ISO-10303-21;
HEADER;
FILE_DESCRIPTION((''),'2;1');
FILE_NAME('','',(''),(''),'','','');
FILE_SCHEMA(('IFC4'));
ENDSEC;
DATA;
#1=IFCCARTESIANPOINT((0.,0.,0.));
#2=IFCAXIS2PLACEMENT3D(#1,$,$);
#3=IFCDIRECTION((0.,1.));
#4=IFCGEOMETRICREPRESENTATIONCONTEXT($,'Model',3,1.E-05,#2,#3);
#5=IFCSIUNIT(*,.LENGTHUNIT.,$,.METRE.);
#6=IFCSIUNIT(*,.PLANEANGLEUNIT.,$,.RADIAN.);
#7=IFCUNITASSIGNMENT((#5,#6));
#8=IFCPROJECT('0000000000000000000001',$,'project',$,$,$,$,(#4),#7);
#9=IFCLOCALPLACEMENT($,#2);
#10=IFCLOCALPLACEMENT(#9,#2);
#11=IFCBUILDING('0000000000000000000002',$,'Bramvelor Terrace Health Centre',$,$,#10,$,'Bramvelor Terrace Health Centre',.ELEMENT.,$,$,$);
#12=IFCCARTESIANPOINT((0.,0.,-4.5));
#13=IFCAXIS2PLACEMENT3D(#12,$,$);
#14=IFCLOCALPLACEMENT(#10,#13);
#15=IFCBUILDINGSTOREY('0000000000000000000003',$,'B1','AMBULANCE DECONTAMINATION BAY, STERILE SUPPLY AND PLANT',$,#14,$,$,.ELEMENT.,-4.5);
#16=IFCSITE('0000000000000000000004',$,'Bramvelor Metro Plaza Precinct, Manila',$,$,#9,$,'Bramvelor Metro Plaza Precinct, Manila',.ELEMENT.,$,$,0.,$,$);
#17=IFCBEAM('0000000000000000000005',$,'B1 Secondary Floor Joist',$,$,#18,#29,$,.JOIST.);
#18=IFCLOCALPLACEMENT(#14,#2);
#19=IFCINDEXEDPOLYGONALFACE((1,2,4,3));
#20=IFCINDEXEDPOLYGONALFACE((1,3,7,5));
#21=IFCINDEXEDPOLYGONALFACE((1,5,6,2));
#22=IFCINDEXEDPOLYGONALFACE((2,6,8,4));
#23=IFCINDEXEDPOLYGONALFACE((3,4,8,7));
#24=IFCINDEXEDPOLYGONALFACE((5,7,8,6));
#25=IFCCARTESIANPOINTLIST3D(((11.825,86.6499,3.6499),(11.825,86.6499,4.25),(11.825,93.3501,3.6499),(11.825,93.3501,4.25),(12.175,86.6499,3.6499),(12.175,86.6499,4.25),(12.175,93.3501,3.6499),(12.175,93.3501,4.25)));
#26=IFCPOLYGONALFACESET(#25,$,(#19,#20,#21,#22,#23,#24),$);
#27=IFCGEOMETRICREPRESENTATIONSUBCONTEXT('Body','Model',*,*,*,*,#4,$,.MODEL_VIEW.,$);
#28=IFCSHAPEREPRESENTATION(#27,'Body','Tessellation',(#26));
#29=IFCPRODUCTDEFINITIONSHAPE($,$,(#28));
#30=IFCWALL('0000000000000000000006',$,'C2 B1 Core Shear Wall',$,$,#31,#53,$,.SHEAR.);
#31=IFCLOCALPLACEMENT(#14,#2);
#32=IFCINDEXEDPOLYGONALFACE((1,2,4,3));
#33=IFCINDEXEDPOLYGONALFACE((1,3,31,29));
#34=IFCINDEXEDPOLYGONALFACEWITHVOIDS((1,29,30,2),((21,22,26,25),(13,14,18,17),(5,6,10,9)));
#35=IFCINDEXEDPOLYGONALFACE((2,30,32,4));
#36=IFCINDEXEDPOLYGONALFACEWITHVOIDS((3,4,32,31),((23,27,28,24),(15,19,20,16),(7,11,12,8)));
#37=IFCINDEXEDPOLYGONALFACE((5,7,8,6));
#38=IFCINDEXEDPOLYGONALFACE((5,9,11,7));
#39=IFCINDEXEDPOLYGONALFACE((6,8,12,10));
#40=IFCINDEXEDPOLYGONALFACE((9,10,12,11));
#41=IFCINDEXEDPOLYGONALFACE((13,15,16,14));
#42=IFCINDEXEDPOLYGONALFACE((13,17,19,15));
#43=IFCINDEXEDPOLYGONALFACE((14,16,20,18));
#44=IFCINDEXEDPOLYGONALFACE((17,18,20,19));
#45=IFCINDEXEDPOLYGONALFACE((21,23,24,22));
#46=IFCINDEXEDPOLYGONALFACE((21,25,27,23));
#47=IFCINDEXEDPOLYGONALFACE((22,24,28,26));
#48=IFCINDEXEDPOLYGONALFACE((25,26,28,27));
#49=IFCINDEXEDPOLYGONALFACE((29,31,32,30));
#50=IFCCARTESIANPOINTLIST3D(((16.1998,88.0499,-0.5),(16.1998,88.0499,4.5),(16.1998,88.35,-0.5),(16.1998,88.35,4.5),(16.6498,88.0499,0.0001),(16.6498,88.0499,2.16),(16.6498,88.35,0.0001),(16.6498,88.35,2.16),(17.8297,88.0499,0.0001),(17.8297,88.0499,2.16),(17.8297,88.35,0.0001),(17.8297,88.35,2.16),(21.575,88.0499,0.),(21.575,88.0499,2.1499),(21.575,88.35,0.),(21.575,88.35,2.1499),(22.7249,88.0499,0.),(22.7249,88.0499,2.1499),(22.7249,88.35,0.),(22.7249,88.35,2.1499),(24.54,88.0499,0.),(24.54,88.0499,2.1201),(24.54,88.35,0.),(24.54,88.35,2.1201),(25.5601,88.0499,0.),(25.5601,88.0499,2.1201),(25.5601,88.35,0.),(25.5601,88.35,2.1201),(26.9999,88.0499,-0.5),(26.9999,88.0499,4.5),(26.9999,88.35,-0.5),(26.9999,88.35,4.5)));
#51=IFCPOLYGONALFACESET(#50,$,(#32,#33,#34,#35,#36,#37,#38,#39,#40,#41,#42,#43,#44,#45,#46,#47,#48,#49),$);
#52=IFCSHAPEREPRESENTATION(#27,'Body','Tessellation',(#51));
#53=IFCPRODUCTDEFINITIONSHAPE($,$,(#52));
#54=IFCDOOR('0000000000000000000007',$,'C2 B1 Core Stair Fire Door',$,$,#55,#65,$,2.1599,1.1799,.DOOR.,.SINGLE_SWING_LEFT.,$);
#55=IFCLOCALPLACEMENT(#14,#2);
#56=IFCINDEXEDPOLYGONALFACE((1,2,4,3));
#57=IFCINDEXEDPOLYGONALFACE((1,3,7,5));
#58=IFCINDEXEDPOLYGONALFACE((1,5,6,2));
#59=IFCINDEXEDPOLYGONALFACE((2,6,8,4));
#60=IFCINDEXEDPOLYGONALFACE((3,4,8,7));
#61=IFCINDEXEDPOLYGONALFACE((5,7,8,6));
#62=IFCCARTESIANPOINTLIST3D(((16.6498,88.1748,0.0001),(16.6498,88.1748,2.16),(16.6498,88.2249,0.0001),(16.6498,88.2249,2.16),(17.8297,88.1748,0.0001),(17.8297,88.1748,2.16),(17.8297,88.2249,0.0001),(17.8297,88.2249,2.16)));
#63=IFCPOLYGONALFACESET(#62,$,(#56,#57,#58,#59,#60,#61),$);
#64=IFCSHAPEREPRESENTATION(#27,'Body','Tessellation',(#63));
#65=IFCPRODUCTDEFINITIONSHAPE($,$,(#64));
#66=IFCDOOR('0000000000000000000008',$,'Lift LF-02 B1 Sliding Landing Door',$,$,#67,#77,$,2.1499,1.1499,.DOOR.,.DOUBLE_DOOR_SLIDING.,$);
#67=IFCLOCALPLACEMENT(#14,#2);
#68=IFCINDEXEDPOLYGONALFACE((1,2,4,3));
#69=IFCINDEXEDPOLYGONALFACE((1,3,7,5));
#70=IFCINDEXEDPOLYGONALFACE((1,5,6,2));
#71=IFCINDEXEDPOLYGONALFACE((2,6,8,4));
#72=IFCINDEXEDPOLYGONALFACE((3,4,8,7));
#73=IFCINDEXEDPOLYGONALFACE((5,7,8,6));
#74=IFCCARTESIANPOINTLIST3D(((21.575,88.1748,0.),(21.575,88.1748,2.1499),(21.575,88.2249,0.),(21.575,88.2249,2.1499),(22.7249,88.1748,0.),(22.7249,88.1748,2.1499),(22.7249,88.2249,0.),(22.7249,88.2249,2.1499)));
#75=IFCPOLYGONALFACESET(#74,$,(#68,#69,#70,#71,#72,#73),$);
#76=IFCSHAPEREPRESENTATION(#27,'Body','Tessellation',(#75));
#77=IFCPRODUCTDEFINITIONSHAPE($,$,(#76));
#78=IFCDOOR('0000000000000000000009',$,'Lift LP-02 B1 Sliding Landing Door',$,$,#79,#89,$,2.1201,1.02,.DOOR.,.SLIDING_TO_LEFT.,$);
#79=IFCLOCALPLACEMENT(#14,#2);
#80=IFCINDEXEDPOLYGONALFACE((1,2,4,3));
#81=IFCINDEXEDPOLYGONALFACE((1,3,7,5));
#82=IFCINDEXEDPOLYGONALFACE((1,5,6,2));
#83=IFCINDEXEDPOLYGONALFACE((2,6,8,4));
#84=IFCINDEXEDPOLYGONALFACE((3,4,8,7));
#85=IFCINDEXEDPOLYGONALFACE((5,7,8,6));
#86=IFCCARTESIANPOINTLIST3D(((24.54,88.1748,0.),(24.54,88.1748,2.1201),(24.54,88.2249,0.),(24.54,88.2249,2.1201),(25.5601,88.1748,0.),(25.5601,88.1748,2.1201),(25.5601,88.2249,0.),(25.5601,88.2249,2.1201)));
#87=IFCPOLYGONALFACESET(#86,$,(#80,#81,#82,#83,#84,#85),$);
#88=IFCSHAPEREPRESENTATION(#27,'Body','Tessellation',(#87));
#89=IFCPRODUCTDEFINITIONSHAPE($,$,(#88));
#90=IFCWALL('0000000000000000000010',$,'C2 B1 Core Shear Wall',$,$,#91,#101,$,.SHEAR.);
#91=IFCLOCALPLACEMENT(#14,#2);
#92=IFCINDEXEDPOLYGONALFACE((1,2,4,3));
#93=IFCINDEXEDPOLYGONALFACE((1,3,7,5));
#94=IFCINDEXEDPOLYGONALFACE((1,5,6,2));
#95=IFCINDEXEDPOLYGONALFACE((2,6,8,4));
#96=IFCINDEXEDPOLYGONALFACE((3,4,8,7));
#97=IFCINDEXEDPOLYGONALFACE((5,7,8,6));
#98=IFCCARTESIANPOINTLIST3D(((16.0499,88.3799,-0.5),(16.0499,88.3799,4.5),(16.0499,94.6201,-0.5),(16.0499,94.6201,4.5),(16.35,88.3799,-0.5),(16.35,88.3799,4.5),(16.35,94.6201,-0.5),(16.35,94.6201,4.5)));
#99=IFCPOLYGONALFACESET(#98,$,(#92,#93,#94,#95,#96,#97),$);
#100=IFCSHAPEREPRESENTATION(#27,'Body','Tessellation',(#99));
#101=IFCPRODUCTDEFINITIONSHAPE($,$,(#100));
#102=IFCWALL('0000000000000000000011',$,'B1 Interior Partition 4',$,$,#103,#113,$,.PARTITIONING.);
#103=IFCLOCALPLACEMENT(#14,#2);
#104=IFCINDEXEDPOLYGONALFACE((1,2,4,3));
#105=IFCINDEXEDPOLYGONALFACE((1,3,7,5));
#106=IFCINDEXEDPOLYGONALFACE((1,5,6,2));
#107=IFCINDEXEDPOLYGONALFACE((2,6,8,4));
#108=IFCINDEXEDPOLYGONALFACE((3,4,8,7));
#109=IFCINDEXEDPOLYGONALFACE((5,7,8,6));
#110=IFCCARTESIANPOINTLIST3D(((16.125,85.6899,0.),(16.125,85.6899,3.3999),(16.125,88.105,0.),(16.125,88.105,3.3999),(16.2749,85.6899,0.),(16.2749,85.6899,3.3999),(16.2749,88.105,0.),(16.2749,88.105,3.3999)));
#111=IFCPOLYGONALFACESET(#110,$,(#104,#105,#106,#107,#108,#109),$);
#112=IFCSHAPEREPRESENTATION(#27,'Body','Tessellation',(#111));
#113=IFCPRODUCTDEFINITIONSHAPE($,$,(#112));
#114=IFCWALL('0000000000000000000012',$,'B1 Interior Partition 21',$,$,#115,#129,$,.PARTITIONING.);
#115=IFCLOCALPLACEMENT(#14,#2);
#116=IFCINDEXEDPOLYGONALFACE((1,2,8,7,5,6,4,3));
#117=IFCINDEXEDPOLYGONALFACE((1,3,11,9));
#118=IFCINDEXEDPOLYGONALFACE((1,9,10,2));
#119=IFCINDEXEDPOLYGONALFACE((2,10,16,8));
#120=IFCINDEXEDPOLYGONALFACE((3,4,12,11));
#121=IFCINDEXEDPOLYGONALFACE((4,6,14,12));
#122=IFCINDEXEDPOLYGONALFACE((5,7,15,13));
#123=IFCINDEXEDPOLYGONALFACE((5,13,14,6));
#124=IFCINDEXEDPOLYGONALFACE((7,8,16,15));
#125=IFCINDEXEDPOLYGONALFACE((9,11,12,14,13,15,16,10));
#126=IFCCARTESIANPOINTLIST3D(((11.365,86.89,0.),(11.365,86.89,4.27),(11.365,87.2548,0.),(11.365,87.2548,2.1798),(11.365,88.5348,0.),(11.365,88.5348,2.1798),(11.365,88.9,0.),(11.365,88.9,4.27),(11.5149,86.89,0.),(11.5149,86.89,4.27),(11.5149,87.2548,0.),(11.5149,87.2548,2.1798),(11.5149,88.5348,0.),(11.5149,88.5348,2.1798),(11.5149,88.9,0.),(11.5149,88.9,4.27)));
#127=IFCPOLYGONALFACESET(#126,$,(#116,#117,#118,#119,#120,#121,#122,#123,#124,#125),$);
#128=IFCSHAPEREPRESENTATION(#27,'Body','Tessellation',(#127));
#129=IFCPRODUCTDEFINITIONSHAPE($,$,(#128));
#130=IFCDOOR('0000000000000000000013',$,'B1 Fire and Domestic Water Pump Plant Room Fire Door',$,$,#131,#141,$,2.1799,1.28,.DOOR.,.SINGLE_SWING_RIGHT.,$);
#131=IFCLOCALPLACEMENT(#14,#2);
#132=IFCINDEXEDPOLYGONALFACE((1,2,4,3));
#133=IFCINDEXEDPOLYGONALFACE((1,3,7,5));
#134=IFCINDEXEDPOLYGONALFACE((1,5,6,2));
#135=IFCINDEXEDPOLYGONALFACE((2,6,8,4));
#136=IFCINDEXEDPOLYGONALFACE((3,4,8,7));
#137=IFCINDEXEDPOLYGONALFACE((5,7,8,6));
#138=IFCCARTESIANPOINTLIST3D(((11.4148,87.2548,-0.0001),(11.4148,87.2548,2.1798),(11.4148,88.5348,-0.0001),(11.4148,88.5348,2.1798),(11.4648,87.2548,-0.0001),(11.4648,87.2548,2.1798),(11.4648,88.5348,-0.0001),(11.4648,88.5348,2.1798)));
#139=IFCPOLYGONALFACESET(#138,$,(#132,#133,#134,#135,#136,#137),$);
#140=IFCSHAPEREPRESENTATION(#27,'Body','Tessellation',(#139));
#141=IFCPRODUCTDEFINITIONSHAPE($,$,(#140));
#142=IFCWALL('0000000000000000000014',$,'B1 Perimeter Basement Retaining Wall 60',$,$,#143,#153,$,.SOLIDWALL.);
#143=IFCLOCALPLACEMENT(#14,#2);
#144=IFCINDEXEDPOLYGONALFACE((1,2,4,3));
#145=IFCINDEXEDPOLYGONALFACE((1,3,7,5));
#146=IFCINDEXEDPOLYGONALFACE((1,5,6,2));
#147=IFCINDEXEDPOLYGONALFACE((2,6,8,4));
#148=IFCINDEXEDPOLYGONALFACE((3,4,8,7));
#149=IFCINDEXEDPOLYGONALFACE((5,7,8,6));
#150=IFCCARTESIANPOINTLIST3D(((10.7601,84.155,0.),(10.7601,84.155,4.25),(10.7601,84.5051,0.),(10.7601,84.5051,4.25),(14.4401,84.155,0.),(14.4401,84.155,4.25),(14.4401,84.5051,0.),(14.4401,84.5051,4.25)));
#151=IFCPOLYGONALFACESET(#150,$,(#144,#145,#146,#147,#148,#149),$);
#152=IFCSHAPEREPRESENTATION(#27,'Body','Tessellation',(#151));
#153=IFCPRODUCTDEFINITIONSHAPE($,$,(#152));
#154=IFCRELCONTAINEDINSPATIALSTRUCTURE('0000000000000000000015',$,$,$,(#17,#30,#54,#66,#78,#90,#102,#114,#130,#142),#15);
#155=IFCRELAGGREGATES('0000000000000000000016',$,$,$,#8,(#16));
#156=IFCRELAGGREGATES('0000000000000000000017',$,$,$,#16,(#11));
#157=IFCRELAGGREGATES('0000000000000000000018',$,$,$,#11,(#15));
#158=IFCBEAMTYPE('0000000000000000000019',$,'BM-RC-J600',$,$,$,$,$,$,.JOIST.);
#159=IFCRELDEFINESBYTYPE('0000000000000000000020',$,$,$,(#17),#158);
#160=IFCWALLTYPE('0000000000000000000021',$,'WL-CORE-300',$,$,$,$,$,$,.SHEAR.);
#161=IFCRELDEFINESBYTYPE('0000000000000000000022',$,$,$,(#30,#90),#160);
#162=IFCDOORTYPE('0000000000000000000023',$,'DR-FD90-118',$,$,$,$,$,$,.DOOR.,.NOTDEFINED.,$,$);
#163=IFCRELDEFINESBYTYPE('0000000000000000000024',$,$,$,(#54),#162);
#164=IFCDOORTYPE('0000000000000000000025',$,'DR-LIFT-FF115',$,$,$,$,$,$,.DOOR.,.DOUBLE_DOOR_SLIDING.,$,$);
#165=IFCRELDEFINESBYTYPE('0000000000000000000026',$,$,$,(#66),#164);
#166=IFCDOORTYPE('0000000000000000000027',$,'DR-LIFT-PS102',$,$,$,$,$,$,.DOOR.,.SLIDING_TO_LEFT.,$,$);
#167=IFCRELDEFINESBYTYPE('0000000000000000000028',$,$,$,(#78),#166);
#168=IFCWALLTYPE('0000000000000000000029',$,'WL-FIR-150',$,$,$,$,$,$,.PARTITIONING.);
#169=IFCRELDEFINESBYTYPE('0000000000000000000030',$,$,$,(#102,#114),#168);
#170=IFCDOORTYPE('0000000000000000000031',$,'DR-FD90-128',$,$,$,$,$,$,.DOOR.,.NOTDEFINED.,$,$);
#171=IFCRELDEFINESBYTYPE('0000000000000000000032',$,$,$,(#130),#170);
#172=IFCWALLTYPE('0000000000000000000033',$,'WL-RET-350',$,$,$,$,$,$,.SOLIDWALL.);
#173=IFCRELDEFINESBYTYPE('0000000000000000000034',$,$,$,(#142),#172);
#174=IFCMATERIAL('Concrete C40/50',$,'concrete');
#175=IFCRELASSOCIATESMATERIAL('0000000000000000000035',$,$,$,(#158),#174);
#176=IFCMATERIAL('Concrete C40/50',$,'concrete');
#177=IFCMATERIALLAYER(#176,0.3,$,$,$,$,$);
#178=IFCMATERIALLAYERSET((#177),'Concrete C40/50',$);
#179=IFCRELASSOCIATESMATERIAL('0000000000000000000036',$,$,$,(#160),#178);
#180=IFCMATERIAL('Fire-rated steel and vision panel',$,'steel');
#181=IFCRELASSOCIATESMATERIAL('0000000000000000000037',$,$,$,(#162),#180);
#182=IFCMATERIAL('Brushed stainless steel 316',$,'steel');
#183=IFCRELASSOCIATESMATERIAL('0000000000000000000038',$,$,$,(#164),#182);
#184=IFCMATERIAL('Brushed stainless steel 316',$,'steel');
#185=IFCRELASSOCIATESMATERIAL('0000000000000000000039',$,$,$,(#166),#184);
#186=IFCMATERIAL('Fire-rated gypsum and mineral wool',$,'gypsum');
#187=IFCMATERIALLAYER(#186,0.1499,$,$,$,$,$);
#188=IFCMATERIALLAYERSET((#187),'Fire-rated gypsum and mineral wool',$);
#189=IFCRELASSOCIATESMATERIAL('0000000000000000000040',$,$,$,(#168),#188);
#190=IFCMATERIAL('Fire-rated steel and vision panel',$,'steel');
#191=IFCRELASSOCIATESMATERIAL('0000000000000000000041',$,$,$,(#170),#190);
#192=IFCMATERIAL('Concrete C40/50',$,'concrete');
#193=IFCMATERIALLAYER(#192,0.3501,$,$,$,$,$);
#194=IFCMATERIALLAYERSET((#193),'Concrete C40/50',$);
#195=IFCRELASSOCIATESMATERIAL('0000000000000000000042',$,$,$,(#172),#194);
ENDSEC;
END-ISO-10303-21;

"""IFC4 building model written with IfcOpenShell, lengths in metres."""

from ifc_helpers import new_model, si_unit, direction, frame, frame_2d, origin, origin_2d, place, context, subcontext, project, spatial, rectangle, extrude, material, layer, layer_set, material_profile, profile_set, type_object, element, fill, save


model = new_model("IFC4")

# Units and contexts
model_context = context("Model", 3, precision=1e-05, world=origin(), true_north=direction((0.0, 1.0)))
body_context = subcontext(model_context, "Body", "Model", "MODEL_VIEW")
ifc_project = project(units=[si_unit("LENGTHUNIT", "METRE"), si_unit("PLANEANGLEUNIT", "RADIAN")], contexts=[model_context])

# Site, building, storey
site_placement = place(None, origin())
site = spatial("IfcSite", under=ifc_project, at=site_placement, Name="Bramvelor Metro Plaza Precinct, Manila", LongName="Bramvelor Metro Plaza Precinct, Manila", CompositionType="ELEMENT", RefElevation=0.0)
building_placement = place(site_placement, origin())
building = spatial("IfcBuilding", under=site, at=building_placement, Name="Bramvelor Terrace Health Centre", LongName="Bramvelor Terrace Health Centre", CompositionType="ELEMENT")
storey_placement = place(building_placement, frame((0.0, 0.0, -4.5)))
storey = spatial("IfcBuildingStorey", under=building, at=storey_placement, Name="B1", Description="AMBULANCE DECONTAMINATION BAY, STERILE SUPPLY AND PLANT", CompositionType="ELEMENT", Elevation=-4.5)

# Beam
ifc_material_1 = material(Name="Concrete C40/50", Category="concrete")
ifc_material_profile_1 = material_profile(ifc_material_1, rectangle(XDim=0.3501, YDim=0.6001, at=origin_2d()), Name="RC 350x600")
ifc_profile_set_1 = profile_set([ifc_material_profile_1], Name="Concrete C40/50")
beam_type_1 = type_object("IfcBeamType", Name="BM-RC-J600", PredefinedType="JOIST", material=ifc_profile_set_1)
beam_1_placement = place(storey_placement, frame((12.0, 86.6499, 3.95), z_axis=(0.0, 1.0, 0.0), x_axis=(-1.0, 0.0, 0.0)))
element("IfcBeam", 1, at=beam_1_placement, inside=storey, type_object=beam_type_1, Name="B1 Secondary Floor Joist", PredefinedType="JOIST", context=body_context, shape_type="SweptSolid", body=[
    extrude(rectangle(XDim=0.3501, YDim=0.6001, at=origin_2d()), origin(), (0.0, 0.0, 1.0), 6.7002),
])

# Wall, openings, doors
ifc_material_2 = material(Name="Concrete C40/50", Category="concrete")
ifc_layer_1 = layer(ifc_material_2, 0.3)
ifc_layer_set_1 = layer_set([ifc_layer_1], Name="Concrete C40/50")
wall_type_1 = type_object("IfcWallType", Name="WL-CORE-300", PredefinedType="SHEAR", material=ifc_layer_set_1)
wall_1_placement = place(storey_placement, frame((16.2, 88.2, -0.5), z_axis=(0.0, 0.0, 1.0), x_axis=(1.0, 0.0, 0.0)))
wall_1 = element("IfcWall", 2, at=wall_1_placement, inside=storey, type_object=wall_type_1, Name="C2 B1 Core Shear Wall", PredefinedType="SHEAR", context=body_context, shape_type="SweptSolid", body=[
    extrude(rectangle(XDim=10.8, YDim=0.3, at=frame_2d((5.3999, 0.0))), origin(), (0.0, 0.0, 1.0), 5.0),
])
opening_1_placement = place(wall_1_placement, frame((0.45, 0.0, 0.5)))
opening_1 = element("IfcOpeningElement", 3, at=opening_1_placement, cuts=wall_1, PredefinedType="OPENING", context=body_context, shape_type="SweptSolid", body=[
    extrude(rectangle(XDim=1.1799, YDim=2.1599, at=frame_2d((0.5898, 1.0801))), frame((0.0, 0.1599, 0.0), z_axis=(0.0, -1.0, 0.0), x_axis=(1.0, 0.0, 0.0)), (0.0, 0.0, 1.0), 0.3201),
])
opening_2_placement = place(wall_1_placement, frame((5.375, 0.0, 0.5)))
opening_2 = element("IfcOpeningElement", 4, at=opening_2_placement, cuts=wall_1, PredefinedType="OPENING", context=body_context, shape_type="SweptSolid", body=[
    extrude(rectangle(XDim=1.1499, YDim=2.1499, at=frame_2d((0.575, 1.075))), frame((0.0, 0.1599, 0.0), z_axis=(0.0, -1.0, 0.0), x_axis=(1.0, 0.0, 0.0)), (0.0, 0.0, 1.0), 0.3201),
])
opening_3_placement = place(wall_1_placement, frame((8.3401, 0.0, 0.5)))
opening_3 = element("IfcOpeningElement", 5, at=opening_3_placement, cuts=wall_1, PredefinedType="OPENING", context=body_context, shape_type="SweptSolid", body=[
    extrude(rectangle(XDim=1.02, YDim=2.1201, at=frame_2d((0.51, 1.0601))), frame((0.0, 0.1599, 0.0), z_axis=(0.0, -1.0, 0.0), x_axis=(1.0, 0.0, 0.0)), (0.0, 0.0, 1.0), 0.3201),
])
ifc_material_3 = material(Name="Fire-rated steel and vision panel", Category="steel")
door_type_1 = type_object("IfcDoorType", Name="DR-FD90-118", OperationType="NOTDEFINED", PredefinedType="DOOR", material=ifc_material_3)
door_1_placement = place(opening_1_placement, origin())
door_1 = element("IfcDoor", 6, at=door_1_placement, inside=storey, type_object=door_type_1, Name="C2 B1 Core Stair Fire Door", OperationType="SINGLE_SWING_LEFT", OverallHeight=2.1599, OverallWidth=1.1799, PredefinedType="DOOR", context=body_context, shape_type="SweptSolid", body=[
    extrude(rectangle(XDim=1.1799, YDim=2.1599, at=frame_2d((0.5898, 1.0801))), frame((0.0, 0.0249, 0.0), z_axis=(0.0, -1.0, 0.0), x_axis=(1.0, 0.0, 0.0)), (0.0, 0.0, 1.0), 0.05),
])
fill(opening_1, door_1)
ifc_material_4 = material(Name="Brushed stainless steel 316", Category="steel")
door_type_2 = type_object("IfcDoorType", Name="DR-LIFT-FF115", OperationType="DOUBLE_DOOR_SLIDING", PredefinedType="DOOR", material=ifc_material_4)
door_2_placement = place(opening_2_placement, origin())
door_2 = element("IfcDoor", 7, at=door_2_placement, inside=storey, type_object=door_type_2, Name="Lift LF-02 B1 Sliding Landing Door", OperationType="DOUBLE_DOOR_SLIDING", OverallHeight=2.1499, OverallWidth=1.1499, PredefinedType="DOOR", context=body_context, shape_type="SweptSolid", body=[
    extrude(rectangle(XDim=1.1499, YDim=2.1499, at=frame_2d((0.575, 1.075))), frame((0.0, 0.0249, 0.0), z_axis=(0.0, -1.0, 0.0), x_axis=(1.0, 0.0, 0.0)), (0.0, 0.0, 1.0), 0.05),
])
fill(opening_2, door_2)
ifc_material_5 = material(Name="Brushed stainless steel 316", Category="steel")
door_type_3 = type_object("IfcDoorType", Name="DR-LIFT-PS102", OperationType="SLIDING_TO_LEFT", PredefinedType="DOOR", material=ifc_material_5)
door_3_placement = place(opening_3_placement, origin())
door_3 = element("IfcDoor", 8, at=door_3_placement, inside=storey, type_object=door_type_3, Name="Lift LP-02 B1 Sliding Landing Door", OperationType="SLIDING_TO_LEFT", OverallHeight=2.1201, OverallWidth=1.02, PredefinedType="DOOR", context=body_context, shape_type="SweptSolid", body=[
    extrude(rectangle(XDim=1.02, YDim=2.1201, at=frame_2d((0.51, 1.0601))), frame((0.0, 0.0249, 0.0), z_axis=(0.0, -1.0, 0.0), x_axis=(1.0, 0.0, 0.0)), (0.0, 0.0, 1.0), 0.05),
])
fill(opening_3, door_3)

# Walls
wall_2_placement = place(storey_placement, frame((16.2, 88.3799, -0.5), z_axis=(0.0, 0.0, 1.0), x_axis=(0.0, 1.0, 0.0)))
element("IfcWall", 9, at=wall_2_placement, inside=storey, type_object=wall_type_1, Name="C2 B1 Core Shear Wall", PredefinedType="SHEAR", context=body_context, shape_type="SweptSolid", body=[
    extrude(rectangle(XDim=6.2402, YDim=0.3, at=frame_2d((3.1201, 0.0))), origin(), (0.0, 0.0, 1.0), 5.0),
])
ifc_material_6 = material(Name="Fire-rated gypsum and mineral wool", Category="gypsum")
ifc_layer_2 = layer(ifc_material_6, 0.1499)
ifc_layer_set_2 = layer_set([ifc_layer_2], Name="Fire-rated gypsum and mineral wool")
wall_type_2 = type_object("IfcWallType", Name="WL-FIR-150", PredefinedType="PARTITIONING", material=ifc_layer_set_2)
wall_3_placement = place(storey_placement, frame((16.2, 85.6899, 0.0), z_axis=(0.0, 0.0, 1.0), x_axis=(0.0, 1.0, 0.0)))
element("IfcWall", 10, at=wall_3_placement, inside=storey, type_object=wall_type_2, Name="B1 Interior Partition 4", PredefinedType="PARTITIONING", context=body_context, shape_type="SweptSolid", body=[
    extrude(rectangle(XDim=2.415, YDim=0.1499, at=frame_2d((1.2075, 0.0))), origin(), (0.0, 0.0, 1.0), 3.3999),
])

# Wall, opening, door
wall_4_placement = place(storey_placement, frame((11.4399, 88.8999, 0.0), z_axis=(0.0, 0.0, 1.0), x_axis=(0.0, -1.0, 0.0)))
wall_4 = element("IfcWall", 11, at=wall_4_placement, inside=storey, type_object=wall_type_2, Name="B1 Interior Partition 21", PredefinedType="PARTITIONING", context=body_context, shape_type="SweptSolid", body=[
    extrude(rectangle(XDim=2.01, YDim=0.1499, at=frame_2d((1.0049, 0.0))), origin(), (0.0, 0.0, 1.0), 4.27),
])
opening_4_placement = place(wall_4_placement, frame((0.365, 0.0, 0.0)))
opening_4 = element("IfcOpeningElement", 12, at=opening_4_placement, cuts=wall_4, PredefinedType="OPENING", context=body_context, shape_type="SweptSolid", body=[
    extrude(rectangle(XDim=1.28, YDim=2.1799, at=frame_2d((0.6401, 1.0898))), frame((0.0, 0.085, 0.0), z_axis=(0.0, -1.0, 0.0), x_axis=(1.0, 0.0, 0.0)), (0.0, 0.0, 1.0), 0.1699),
])
ifc_material_7 = material(Name="Fire-rated steel and vision panel", Category="steel")
door_type_4 = type_object("IfcDoorType", Name="DR-FD90-128", OperationType="NOTDEFINED", PredefinedType="DOOR", material=ifc_material_7)
door_4_placement = place(opening_4_placement, origin())
door_4 = element("IfcDoor", 13, at=door_4_placement, inside=storey, type_object=door_type_4, Name="B1 Fire and Domestic Water Pump Plant Room Fire Door", OperationType="SINGLE_SWING_RIGHT", OverallHeight=2.1799, OverallWidth=1.28, PredefinedType="DOOR", context=body_context, shape_type="SweptSolid", body=[
    extrude(rectangle(XDim=1.28, YDim=2.1799, at=frame_2d((0.6401, 1.0898))), frame((0.0, 0.0249, 0.0), z_axis=(0.0, -1.0, 0.0), x_axis=(1.0, 0.0, 0.0)), (0.0, 0.0, 1.0), 0.05),
])
fill(opening_4, door_4)

# Wall
ifc_material_8 = material(Name="Concrete C40/50", Category="concrete")
ifc_layer_3 = layer(ifc_material_8, 0.3501)
ifc_layer_set_3 = layer_set([ifc_layer_3], Name="Concrete C40/50")
wall_type_3 = type_object("IfcWallType", Name="WL-RET-350", PredefinedType="SOLIDWALL", material=ifc_layer_set_3)
wall_5_placement = place(storey_placement, frame((14.4399, 84.3301, 0.0), z_axis=(0.0, 0.0, 1.0), x_axis=(-1.0, 0.0, 0.0)))
element("IfcWall", 14, at=wall_5_placement, inside=storey, type_object=wall_type_3, Name="B1 Perimeter Basement Retaining Wall 60", PredefinedType="SOLIDWALL", context=body_context, shape_type="SweptSolid", body=[
    extrude(rectangle(XDim=3.6799, YDim=0.3501, at=frame_2d((1.8398, 0.0))), origin(), (0.0, 0.0, 1.0), 4.25),
])

save(model, "model.ifc")
